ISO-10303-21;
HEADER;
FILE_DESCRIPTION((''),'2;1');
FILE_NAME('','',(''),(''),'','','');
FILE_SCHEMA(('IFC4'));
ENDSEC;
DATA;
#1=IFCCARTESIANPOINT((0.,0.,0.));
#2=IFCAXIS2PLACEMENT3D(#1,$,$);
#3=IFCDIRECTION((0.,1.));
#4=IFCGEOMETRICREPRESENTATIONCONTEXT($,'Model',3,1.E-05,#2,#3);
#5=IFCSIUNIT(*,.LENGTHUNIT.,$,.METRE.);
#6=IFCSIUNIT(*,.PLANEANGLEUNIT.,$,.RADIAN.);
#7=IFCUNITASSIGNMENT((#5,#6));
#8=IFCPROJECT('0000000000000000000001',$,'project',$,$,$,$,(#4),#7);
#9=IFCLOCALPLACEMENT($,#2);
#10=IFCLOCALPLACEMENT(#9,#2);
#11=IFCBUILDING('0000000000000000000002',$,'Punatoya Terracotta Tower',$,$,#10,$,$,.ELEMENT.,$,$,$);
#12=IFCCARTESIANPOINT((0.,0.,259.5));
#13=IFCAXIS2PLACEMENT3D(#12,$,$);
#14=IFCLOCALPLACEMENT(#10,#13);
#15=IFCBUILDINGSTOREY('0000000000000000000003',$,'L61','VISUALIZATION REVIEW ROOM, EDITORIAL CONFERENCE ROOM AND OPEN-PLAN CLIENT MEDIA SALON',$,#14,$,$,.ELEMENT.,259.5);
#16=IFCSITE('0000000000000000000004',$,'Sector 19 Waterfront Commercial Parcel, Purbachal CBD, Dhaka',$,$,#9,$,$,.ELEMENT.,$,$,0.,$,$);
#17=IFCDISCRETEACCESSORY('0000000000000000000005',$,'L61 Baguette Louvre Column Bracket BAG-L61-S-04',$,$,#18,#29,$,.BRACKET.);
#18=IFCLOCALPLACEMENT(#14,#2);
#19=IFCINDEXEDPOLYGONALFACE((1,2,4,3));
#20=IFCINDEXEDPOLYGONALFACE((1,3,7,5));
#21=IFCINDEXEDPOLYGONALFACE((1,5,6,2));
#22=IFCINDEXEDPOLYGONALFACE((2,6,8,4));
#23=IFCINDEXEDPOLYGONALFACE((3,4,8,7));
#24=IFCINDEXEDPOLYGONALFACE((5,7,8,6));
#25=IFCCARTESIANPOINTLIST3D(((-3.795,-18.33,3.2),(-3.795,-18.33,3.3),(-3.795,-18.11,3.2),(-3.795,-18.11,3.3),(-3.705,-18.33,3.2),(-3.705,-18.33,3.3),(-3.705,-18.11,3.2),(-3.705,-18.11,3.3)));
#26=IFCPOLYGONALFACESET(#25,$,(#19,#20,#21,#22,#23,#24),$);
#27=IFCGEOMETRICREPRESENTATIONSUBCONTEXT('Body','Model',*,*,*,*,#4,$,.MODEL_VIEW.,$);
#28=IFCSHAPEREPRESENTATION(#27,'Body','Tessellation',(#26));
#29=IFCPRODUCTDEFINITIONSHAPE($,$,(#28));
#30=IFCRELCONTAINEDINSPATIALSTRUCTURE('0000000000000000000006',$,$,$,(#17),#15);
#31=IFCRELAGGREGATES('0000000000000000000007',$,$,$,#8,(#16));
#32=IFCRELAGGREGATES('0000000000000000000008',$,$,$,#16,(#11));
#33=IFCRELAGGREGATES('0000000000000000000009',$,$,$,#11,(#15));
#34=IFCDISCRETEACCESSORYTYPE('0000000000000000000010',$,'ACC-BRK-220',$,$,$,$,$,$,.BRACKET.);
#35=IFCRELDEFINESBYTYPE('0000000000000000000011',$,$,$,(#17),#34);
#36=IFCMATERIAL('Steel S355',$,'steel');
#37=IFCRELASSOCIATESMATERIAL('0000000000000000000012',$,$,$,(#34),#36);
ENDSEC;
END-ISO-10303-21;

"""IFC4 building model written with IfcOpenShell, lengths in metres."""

from ifc_helpers import new_model, si_unit, direction, frame, origin, origin_2d, place, context, subcontext, project, spatial, rectangle, extrude, material, type_object, element, save


model = new_model("IFC4")

# Units and contexts
model_context = context("Model", 3, precision=1e-05, world=origin(), true_north=direction((0.0, 1.0)))
body_context = subcontext(model_context, "Body", "Model", "MODEL_VIEW")
ifc_project = project(units=[si_unit("LENGTHUNIT", "METRE"), si_unit("PLANEANGLEUNIT", "RADIAN")], contexts=[model_context])

# Site, building, storey
site_placement = place(None, origin())
site = spatial("IfcSite", under=ifc_project, at=site_placement, Name="Sector 19 Waterfront Commercial Parcel, Purbachal CBD, Dhaka", CompositionType="ELEMENT", RefElevation=0.0)
building_placement = place(site_placement, origin())
building = spatial("IfcBuilding", under=site, at=building_placement, Name="Punatoya Terracotta Tower", CompositionType="ELEMENT")
storey_placement = place(building_placement, frame((0.0, 0.0, 259.5)))
storey = spatial("IfcBuildingStorey", under=building, at=storey_placement, Name="L61", Description="VISUALIZATION REVIEW ROOM, EDITORIAL CONFERENCE ROOM AND OPEN-PLAN CLIENT MEDIA SALON", CompositionType="ELEMENT", Elevation=259.5)

# Discrete accessory
ifc_material_1 = material(Name="Steel S355", Category="steel")
discrete_accessory_type = type_object("IfcDiscreteAccessoryType", Name="ACC-BRK-220", PredefinedType="BRACKET", material=ifc_material_1)
for number, where, z_axis, x_axis, name in (
    (1, (-3.75, -18.22, 3.2), (0.0, 0.0, 1.0), (1.0, 0.0, 0.0), "L61 Baguette Louvre Column Bracket BAG-L61-S-04"),
):
    element("IfcDiscreteAccessory", number, at=place(storey_placement, frame(where, z_axis=z_axis, x_axis=x_axis)), inside=storey, type_object=discrete_accessory_type, Name=name, PredefinedType="BRACKET", context=body_context, shape_type="SweptSolid", body=[
        extrude(rectangle(XDim=0.0901, YDim=0.22, at=origin_2d()), origin(), (0.0, 0.0, 1.0), 0.1001),
    ])

save(model, "model.ifc")
